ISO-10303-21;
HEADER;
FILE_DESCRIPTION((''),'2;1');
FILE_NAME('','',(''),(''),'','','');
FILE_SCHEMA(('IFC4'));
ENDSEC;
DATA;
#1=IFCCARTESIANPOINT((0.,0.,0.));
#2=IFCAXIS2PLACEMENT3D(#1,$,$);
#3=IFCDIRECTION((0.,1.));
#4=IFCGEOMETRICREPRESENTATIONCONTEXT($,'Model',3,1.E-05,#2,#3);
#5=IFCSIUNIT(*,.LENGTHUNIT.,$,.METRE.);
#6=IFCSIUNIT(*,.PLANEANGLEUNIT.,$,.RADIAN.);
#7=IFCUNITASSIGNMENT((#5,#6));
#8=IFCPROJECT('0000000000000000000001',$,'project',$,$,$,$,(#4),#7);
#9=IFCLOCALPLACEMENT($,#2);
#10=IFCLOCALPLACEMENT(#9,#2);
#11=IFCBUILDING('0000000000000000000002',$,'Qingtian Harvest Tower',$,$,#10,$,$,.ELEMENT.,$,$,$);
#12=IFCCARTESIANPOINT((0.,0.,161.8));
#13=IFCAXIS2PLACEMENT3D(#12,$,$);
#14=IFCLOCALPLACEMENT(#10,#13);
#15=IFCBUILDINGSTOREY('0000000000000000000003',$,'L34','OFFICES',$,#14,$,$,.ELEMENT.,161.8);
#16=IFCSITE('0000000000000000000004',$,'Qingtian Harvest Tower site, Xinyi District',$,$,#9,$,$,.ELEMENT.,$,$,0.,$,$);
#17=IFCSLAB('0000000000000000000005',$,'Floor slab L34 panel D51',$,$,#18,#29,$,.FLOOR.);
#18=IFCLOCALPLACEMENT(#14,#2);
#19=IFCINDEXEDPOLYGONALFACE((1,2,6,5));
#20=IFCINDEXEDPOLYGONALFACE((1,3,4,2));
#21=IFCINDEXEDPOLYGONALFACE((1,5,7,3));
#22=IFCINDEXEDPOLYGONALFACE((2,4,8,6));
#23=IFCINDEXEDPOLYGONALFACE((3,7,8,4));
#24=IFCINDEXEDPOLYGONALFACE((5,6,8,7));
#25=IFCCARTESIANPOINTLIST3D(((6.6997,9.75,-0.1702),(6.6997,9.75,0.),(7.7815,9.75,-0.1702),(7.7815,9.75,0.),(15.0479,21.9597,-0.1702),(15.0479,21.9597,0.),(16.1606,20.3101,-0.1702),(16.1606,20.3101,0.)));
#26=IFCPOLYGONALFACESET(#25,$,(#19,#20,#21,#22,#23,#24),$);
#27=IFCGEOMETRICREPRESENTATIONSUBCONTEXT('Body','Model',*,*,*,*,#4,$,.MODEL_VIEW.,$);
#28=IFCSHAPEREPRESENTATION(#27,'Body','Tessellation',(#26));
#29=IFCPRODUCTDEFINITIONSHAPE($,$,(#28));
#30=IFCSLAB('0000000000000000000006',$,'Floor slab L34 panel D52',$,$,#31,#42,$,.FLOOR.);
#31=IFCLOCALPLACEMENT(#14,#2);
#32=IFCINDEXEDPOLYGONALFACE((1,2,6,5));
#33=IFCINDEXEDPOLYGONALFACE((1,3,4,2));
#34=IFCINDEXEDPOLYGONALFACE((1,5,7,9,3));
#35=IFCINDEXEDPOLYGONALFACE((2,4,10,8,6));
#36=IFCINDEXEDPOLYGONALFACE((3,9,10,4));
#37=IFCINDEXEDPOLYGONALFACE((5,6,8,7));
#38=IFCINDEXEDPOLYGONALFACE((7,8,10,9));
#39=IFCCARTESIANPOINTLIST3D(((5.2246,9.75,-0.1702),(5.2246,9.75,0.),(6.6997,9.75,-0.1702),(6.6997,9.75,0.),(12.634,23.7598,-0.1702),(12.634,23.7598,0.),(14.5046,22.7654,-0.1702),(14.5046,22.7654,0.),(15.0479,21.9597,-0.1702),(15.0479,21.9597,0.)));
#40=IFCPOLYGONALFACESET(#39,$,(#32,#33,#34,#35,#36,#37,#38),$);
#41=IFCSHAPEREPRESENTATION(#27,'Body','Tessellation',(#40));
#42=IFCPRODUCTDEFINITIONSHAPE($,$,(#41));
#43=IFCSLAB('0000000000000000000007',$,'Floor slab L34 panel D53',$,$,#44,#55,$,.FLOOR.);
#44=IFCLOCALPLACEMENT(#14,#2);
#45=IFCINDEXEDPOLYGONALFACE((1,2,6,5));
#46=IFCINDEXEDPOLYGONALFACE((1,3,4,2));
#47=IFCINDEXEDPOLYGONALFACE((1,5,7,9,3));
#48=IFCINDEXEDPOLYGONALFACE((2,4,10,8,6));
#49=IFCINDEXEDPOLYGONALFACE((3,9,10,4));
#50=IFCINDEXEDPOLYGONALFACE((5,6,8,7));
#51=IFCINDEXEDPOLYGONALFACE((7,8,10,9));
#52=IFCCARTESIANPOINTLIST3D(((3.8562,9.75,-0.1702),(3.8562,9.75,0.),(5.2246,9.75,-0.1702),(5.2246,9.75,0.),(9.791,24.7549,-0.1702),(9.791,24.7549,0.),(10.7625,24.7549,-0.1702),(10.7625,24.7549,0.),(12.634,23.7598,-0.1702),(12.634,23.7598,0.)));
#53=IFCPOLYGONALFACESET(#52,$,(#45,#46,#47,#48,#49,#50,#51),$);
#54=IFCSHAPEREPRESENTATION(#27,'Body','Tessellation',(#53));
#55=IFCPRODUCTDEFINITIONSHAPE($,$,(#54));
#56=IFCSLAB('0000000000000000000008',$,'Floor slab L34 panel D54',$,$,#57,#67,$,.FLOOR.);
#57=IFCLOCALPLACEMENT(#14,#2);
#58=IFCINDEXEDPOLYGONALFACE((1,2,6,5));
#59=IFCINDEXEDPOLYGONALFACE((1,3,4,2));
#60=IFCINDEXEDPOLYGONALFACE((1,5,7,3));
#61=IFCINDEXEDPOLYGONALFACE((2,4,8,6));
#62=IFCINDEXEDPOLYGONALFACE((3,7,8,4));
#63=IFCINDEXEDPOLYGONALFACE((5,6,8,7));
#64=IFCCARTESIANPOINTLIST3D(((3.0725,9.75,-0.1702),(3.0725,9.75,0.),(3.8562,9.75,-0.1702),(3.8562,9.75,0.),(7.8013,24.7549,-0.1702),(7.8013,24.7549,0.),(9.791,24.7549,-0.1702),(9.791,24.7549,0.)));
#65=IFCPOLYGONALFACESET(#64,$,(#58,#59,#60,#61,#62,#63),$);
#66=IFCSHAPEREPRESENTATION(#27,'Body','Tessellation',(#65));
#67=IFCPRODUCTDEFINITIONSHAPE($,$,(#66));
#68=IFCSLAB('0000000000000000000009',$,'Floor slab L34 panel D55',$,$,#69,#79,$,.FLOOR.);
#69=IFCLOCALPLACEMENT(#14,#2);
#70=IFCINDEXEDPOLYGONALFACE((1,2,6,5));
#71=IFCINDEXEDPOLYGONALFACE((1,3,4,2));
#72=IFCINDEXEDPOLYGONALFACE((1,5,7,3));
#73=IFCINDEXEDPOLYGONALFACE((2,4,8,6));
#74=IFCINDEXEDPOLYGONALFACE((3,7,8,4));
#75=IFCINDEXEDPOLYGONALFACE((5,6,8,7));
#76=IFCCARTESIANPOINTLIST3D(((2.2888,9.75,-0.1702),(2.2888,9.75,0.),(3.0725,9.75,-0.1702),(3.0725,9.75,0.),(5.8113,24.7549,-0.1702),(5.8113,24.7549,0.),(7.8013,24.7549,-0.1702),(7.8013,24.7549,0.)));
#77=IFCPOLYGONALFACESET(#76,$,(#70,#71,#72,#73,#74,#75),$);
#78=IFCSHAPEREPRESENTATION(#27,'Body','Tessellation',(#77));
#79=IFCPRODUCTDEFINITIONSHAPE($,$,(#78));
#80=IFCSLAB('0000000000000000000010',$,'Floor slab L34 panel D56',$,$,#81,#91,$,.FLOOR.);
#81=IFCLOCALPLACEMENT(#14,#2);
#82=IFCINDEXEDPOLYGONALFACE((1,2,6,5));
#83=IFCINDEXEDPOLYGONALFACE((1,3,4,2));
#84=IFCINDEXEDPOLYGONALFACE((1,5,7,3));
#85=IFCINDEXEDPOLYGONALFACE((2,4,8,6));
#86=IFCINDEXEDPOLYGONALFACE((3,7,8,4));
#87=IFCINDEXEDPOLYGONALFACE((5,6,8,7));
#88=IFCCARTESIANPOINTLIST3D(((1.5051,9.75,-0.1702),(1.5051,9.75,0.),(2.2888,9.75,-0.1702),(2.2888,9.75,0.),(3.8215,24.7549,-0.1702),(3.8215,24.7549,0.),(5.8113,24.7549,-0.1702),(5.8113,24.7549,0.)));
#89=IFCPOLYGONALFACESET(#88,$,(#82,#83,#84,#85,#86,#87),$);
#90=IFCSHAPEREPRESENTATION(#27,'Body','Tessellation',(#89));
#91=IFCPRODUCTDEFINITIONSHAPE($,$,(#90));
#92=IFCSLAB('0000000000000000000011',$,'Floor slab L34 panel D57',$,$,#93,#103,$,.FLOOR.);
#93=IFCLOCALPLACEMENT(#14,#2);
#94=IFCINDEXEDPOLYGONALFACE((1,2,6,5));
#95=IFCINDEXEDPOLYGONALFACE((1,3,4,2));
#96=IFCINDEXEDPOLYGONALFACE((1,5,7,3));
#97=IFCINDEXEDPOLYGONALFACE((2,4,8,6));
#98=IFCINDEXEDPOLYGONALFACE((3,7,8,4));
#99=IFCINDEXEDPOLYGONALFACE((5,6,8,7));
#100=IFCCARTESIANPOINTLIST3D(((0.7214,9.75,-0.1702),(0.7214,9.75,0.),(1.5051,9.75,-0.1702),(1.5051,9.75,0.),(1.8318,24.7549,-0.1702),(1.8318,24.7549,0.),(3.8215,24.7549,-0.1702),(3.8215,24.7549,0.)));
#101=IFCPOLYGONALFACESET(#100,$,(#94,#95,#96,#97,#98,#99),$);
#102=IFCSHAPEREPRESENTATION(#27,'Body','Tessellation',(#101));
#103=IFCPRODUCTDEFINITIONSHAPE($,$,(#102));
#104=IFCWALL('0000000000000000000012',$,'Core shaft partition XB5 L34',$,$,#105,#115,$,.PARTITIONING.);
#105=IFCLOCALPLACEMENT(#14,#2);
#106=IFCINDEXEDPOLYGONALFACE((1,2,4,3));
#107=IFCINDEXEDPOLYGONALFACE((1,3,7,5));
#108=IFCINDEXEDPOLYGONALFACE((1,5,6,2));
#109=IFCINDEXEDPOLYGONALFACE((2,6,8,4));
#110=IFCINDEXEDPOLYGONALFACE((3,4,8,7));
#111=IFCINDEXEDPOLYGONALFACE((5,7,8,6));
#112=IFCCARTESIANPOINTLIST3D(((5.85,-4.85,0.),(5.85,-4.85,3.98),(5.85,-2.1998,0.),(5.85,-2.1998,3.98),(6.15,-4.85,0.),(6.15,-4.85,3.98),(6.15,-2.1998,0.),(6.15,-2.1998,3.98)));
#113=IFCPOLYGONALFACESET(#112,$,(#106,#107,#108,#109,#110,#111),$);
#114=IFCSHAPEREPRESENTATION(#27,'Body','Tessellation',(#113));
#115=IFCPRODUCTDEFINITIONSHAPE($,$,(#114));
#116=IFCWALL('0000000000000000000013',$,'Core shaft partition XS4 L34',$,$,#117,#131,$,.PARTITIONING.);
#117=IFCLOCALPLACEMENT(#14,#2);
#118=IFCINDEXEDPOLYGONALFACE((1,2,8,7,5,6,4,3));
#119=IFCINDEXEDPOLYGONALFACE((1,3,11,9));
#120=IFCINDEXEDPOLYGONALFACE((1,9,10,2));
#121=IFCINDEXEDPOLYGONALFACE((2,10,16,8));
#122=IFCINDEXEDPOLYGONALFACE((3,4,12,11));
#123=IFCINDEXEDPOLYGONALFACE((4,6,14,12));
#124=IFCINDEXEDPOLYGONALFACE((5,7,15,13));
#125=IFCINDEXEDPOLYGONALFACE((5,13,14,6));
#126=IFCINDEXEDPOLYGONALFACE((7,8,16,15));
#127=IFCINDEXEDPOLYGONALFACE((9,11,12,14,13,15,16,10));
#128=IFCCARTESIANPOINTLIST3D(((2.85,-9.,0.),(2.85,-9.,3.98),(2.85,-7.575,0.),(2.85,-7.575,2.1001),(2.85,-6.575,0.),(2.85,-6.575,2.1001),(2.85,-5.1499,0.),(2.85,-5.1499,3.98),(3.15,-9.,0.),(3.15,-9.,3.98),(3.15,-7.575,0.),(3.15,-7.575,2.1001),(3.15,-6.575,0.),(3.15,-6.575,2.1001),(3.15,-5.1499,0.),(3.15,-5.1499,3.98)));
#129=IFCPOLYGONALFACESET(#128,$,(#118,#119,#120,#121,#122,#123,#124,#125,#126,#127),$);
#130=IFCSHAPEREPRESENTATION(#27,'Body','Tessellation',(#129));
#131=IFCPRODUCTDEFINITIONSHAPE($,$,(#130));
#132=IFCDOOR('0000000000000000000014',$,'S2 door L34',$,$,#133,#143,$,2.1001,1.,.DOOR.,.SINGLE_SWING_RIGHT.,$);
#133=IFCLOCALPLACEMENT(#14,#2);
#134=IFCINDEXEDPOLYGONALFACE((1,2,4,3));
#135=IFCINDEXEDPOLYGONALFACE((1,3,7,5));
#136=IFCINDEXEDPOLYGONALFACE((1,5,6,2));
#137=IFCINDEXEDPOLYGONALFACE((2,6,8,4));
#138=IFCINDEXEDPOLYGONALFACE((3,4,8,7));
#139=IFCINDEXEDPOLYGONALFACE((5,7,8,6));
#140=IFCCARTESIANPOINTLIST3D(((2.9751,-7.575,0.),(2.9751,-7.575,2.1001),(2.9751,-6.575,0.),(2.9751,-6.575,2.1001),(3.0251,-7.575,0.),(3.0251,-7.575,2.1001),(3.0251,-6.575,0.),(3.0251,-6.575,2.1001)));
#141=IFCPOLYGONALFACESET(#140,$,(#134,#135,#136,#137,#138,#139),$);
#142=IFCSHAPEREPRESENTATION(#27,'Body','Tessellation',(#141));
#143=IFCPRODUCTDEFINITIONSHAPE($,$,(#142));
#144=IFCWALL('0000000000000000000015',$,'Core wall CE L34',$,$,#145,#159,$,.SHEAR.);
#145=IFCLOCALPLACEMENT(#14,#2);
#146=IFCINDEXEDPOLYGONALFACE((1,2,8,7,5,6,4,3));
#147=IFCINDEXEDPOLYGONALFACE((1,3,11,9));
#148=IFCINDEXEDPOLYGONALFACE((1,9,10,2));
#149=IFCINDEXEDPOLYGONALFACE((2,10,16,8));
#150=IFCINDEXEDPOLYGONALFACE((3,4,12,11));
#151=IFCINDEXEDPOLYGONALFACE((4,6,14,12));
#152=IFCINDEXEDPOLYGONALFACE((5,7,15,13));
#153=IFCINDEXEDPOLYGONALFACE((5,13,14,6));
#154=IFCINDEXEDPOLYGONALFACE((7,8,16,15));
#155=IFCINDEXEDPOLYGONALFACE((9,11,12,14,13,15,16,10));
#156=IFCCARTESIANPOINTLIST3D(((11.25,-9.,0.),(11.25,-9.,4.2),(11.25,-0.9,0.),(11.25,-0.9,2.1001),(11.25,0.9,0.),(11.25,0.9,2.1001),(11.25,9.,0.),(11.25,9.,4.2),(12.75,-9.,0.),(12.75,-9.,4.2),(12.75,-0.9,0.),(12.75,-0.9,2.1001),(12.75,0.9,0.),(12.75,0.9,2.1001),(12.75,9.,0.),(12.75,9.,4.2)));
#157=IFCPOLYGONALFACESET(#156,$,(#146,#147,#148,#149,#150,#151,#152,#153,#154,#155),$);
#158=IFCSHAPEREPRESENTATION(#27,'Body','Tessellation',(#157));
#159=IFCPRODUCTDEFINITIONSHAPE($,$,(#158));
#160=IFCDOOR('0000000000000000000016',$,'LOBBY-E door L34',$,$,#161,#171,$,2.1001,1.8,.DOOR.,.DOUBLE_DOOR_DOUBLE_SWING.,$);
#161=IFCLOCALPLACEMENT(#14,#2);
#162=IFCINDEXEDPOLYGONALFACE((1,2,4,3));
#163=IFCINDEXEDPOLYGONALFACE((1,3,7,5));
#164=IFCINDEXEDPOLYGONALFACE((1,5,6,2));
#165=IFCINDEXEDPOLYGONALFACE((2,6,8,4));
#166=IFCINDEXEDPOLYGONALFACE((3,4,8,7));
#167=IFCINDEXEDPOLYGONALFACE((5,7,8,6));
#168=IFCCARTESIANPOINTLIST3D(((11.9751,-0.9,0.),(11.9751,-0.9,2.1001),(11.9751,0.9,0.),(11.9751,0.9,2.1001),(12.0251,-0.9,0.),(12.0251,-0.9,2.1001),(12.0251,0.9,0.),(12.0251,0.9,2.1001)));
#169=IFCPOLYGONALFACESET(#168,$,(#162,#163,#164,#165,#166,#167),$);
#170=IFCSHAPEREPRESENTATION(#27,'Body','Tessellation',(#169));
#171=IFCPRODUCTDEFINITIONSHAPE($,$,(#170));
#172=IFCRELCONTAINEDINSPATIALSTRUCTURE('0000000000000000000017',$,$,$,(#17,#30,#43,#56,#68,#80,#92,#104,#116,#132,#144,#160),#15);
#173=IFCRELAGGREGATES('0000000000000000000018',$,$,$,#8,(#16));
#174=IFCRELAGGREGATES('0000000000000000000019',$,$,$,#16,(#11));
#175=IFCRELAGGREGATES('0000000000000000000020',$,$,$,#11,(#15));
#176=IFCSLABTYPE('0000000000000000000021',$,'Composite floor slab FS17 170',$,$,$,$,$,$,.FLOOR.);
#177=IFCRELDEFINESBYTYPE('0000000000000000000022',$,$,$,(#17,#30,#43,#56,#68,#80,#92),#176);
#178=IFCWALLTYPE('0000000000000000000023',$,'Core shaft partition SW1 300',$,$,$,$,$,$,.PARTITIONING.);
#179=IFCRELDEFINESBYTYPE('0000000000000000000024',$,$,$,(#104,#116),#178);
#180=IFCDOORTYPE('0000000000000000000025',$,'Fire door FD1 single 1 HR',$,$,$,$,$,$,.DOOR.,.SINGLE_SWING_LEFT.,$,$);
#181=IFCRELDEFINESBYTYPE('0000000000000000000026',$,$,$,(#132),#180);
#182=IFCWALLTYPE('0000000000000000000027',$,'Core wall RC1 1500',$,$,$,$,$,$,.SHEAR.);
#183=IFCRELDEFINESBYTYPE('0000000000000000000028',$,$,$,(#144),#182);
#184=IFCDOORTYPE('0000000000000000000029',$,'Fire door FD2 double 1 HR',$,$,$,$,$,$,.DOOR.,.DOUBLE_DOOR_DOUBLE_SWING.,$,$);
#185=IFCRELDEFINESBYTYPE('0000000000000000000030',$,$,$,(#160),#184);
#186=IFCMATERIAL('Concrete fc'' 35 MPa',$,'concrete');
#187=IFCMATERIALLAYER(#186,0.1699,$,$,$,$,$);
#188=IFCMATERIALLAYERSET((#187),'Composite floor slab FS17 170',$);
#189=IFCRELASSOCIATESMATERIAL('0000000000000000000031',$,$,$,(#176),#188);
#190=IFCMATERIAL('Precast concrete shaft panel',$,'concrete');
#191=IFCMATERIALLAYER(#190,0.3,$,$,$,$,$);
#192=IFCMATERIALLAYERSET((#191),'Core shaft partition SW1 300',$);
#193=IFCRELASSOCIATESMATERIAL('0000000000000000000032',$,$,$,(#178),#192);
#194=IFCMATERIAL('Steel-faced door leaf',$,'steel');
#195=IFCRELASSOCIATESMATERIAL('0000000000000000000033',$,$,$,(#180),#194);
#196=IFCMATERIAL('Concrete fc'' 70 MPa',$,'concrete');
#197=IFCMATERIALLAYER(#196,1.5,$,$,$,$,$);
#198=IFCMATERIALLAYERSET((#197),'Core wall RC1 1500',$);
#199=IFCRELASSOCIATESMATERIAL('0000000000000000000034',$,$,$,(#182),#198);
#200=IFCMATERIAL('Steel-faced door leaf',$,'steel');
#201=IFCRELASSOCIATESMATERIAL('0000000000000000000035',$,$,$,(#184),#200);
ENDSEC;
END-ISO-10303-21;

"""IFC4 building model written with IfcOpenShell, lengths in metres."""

from ifc_helpers import new_model, si_unit, direction, frame, frame_2d, origin, place, context, subcontext, project, spatial, polyline, rectangle, outline, extrude, material, layer, layer_set, type_object, element, fill, save


model = new_model("IFC4")

# Units and contexts
model_context = context("Model", 3, precision=1e-05, world=origin(), true_north=direction((0.0, 1.0)))
body_context = subcontext(model_context, "Body", "Model", "MODEL_VIEW")
ifc_project = project(units=[si_unit("LENGTHUNIT", "METRE"), si_unit("PLANEANGLEUNIT", "RADIAN")], contexts=[model_context])

# Site, building, storey
site_placement = place(None, origin())
site = spatial("IfcSite", under=ifc_project, at=site_placement, Name="Qingtian Harvest Tower site, Xinyi District", CompositionType="ELEMENT", RefElevation=0.0)
building_placement = place(site_placement, origin())
building = spatial("IfcBuilding", under=site, at=building_placement, Name="Qingtian Harvest Tower", CompositionType="ELEMENT")
storey_placement = place(building_placement, frame((0.0, 0.0, 161.8)))
storey = spatial("IfcBuildingStorey", under=building, at=storey_placement, Name="L34", Description="OFFICES", CompositionType="ELEMENT", Elevation=161.8)

# Slabs
ifc_material_1 = material(Name="Concrete fc' 35 MPa", Category="concrete")
ifc_layer_1 = layer(ifc_material_1, 0.1699)
ifc_layer_set_1 = layer_set([ifc_layer_1], Name="Composite floor slab FS17 170")
slab_type = type_object("IfcSlabType", Name="Composite floor slab FS17 170", PredefinedType="FLOOR", material=ifc_layer_set_1)
slab_1_placement = place(storey_placement, frame((0.0, 0.0, -0.1702)))
element("IfcSlab", 1, at=slab_1_placement, inside=storey, type_object=slab_type, Name="Floor slab L34 panel D51", PredefinedType="FLOOR", context=body_context, shape_type="SweptSolid", body=[
    extrude(outline(polyline([(6.6997, 9.75), (15.0479, 21.9597), (16.1606, 20.3101), (7.7815, 9.75), (6.6997, 9.75)])), origin(), (0.0, 0.0, 1.0), 0.1702),
])
slab_2_placement = place(storey_placement, frame((0.0, 0.0, -0.1702)))
element("IfcSlab", 2, at=slab_2_placement, inside=storey, type_object=slab_type, Name="Floor slab L34 panel D52", PredefinedType="FLOOR", context=body_context, shape_type="SweptSolid", body=[
    extrude(outline(polyline([(6.6997, 9.75), (5.2246, 9.75), (12.634, 23.7598), (14.5046, 22.7654), (15.0479, 21.9597), (6.6997, 9.75)])), origin(), (0.0, 0.0, 1.0), 0.1702),
])
slab_3_placement = place(storey_placement, frame((0.0, 0.0, -0.1702)))
element("IfcSlab", 3, at=slab_3_placement, inside=storey, type_object=slab_type, Name="Floor slab L34 panel D53", PredefinedType="FLOOR", context=body_context, shape_type="SweptSolid", body=[
    extrude(outline(polyline([(3.8562, 9.75), (9.791, 24.7549), (10.7625, 24.7549), (12.634, 23.7598), (5.2246, 9.75), (3.8562, 9.75)])), origin(), (0.0, 0.0, 1.0), 0.1702),
])
slab_4_placement = place(storey_placement, frame((0.0, 0.0, -0.1702)))
element("IfcSlab", 4, at=slab_4_placement, inside=storey, type_object=slab_type, Name="Floor slab L34 panel D54", PredefinedType="FLOOR", context=body_context, shape_type="SweptSolid", body=[
    extrude(outline(polyline([(3.0725, 9.75), (7.8013, 24.7549), (9.791, 24.7549), (3.8562, 9.75), (3.0725, 9.75)])), origin(), (0.0, 0.0, 1.0), 0.1702),
])
slab_5_placement = place(storey_placement, frame((0.0, 0.0, -0.1702)))
element("IfcSlab", 5, at=slab_5_placement, inside=storey, type_object=slab_type, Name="Floor slab L34 panel D55", PredefinedType="FLOOR", context=body_context, shape_type="SweptSolid", body=[
    extrude(outline(polyline([(2.2888, 9.75), (5.8113, 24.7549), (7.8013, 24.7549), (3.0725, 9.75), (2.2888, 9.75)])), origin(), (0.0, 0.0, 1.0), 0.1702),
])
slab_6_placement = place(storey_placement, frame((0.0, 0.0, -0.1702)))
element("IfcSlab", 6, at=slab_6_placement, inside=storey, type_object=slab_type, Name="Floor slab L34 panel D56", PredefinedType="FLOOR", context=body_context, shape_type="SweptSolid", body=[
    extrude(outline(polyline([(1.5051, 9.75), (3.8215, 24.7549), (5.8113, 24.7549), (2.2888, 9.75), (1.5051, 9.75)])), origin(), (0.0, 0.0, 1.0), 0.1702),
])
slab_7_placement = place(storey_placement, frame((0.0, 0.0, -0.1702)))
element("IfcSlab", 7, at=slab_7_placement, inside=storey, type_object=slab_type, Name="Floor slab L34 panel D57", PredefinedType="FLOOR", context=body_context, shape_type="SweptSolid", body=[
    extrude(outline(polyline([(0.7214, 9.75), (1.8318, 24.7549), (3.8215, 24.7549), (1.5051, 9.75), (0.7214, 9.75)])), origin(), (0.0, 0.0, 1.0), 0.1702),
])

# Wall
ifc_material_2 = material(Name="Precast concrete shaft panel", Category="concrete")
ifc_layer_2 = layer(ifc_material_2, 0.3)
ifc_layer_set_2 = layer_set([ifc_layer_2], Name="Core shaft partition SW1 300")
wall_type_1 = type_object("IfcWallType", Name="Core shaft partition SW1 300", PredefinedType="PARTITIONING", material=ifc_layer_set_2)
wall_1_placement = place(storey_placement, frame((6.0, -4.8501, 0.0), z_axis=(0.0, 0.0, 1.0), x_axis=(0.0, 1.0, 0.0)))
element("IfcWall", 8, at=wall_1_placement, inside=storey, type_object=wall_type_1, Name="Core shaft partition XB5 L34", PredefinedType="PARTITIONING", context=body_context, shape_type="SweptSolid", body=[
    extrude(rectangle(XDim=2.6501, YDim=0.3, at=frame_2d((1.3252, 0.0))), origin(), (0.0, 0.0, 1.0), 3.98),
])

# Walls, openings, doors
wall_2_placement = place(storey_placement, frame((3.0, -9.0, 0.0), z_axis=(0.0, 0.0, 1.0), x_axis=(0.0, 1.0, 0.0)))
wall_2 = element("IfcWall", 9, at=wall_2_placement, inside=storey, type_object=wall_type_1, Name="Core shaft partition XS4 L34", PredefinedType="PARTITIONING", context=body_context, shape_type="SweptSolid", body=[
    extrude(rectangle(XDim=3.8501, YDim=0.3, at=frame_2d((1.925, 0.0))), origin(), (0.0, 0.0, 1.0), 3.98),
])
opening_1_placement = place(wall_2_placement, frame((1.425, 0.0, 0.0)))
opening_1 = element("IfcOpeningElement", 10, at=opening_1_placement, cuts=wall_2, PredefinedType="OPENING", context=body_context, shape_type="SweptSolid", body=[
    extrude(rectangle(XDim=1.0, YDim=2.1001, at=frame_2d((0.5, 1.05))), frame((0.0, 0.1599, 0.0), z_axis=(0.0, -1.0, 0.0), x_axis=(1.0, 0.0, 0.0)), (0.0, 0.0, 1.0), 0.3201),
])
ifc_material_3 = material(Name="Steel-faced door leaf", Category="steel")
door_type_1 = type_object("IfcDoorType", Name="Fire door FD1 single 1 HR", OperationType="SINGLE_SWING_LEFT", PredefinedType="DOOR", material=ifc_material_3)
door_1_placement = place(opening_1_placement, origin())
door_1 = element("IfcDoor", 11, at=door_1_placement, inside=storey, type_object=door_type_1, Name="S2 door L34", OperationType="SINGLE_SWING_RIGHT", OverallHeight=2.1001, OverallWidth=1.0, PredefinedType="DOOR", context=body_context, shape_type="SweptSolid", body=[
    extrude(rectangle(XDim=1.0, YDim=2.1001, at=frame_2d((0.5, 1.05))), frame((0.0, 0.0249, 0.0), z_axis=(0.0, -1.0, 0.0), x_axis=(1.0, 0.0, 0.0)), (0.0, 0.0, 1.0), 0.05),
])
fill(opening_1, door_1)
ifc_material_4 = material(Name="Concrete fc' 70 MPa", Category="concrete")
ifc_layer_3 = layer(ifc_material_4, 1.5)
ifc_layer_set_3 = layer_set([ifc_layer_3], Name="Core wall RC1 1500")
wall_type_2 = type_object("IfcWallType", Name="Core wall RC1 1500", PredefinedType="SHEAR", material=ifc_layer_set_3)
wall_3_placement = place(storey_placement, frame((12.0, -9.0, 0.0), z_axis=(0.0, 0.0, 1.0), x_axis=(0.0, 1.0, 0.0)))
wall_3 = element("IfcWall", 12, at=wall_3_placement, inside=storey, type_object=wall_type_2, Name="Core wall CE L34", PredefinedType="SHEAR", context=body_context, shape_type="SweptSolid", body=[
    extrude(rectangle(XDim=18.0, YDim=1.5, at=frame_2d((9.0, 0.0))), origin(), (0.0, 0.0, 1.0), 4.2),
])
opening_2_placement = place(wall_3_placement, frame((8.1001, 0.0, 0.0)))
opening_2 = element("IfcOpeningElement", 13, at=opening_2_placement, cuts=wall_3, PredefinedType="OPENING", context=body_context, shape_type="SweptSolid", body=[
    extrude(rectangle(XDim=1.8, YDim=2.1001, at=frame_2d((0.8999, 1.05))), frame((0.0, 0.76, 0.0), z_axis=(0.0, -1.0, 0.0), x_axis=(1.0, 0.0, 0.0)), (0.0, 0.0, 1.0), 1.52),
])
ifc_material_5 = material(Name="Steel-faced door leaf", Category="steel")
door_type_2 = type_object("IfcDoorType", Name="Fire door FD2 double 1 HR", OperationType="DOUBLE_DOOR_DOUBLE_SWING", PredefinedType="DOOR", material=ifc_material_5)
door_2_placement = place(opening_2_placement, origin())
door_2 = element("IfcDoor", 14, at=door_2_placement, inside=storey, type_object=door_type_2, Name="LOBBY-E door L34", OperationType="DOUBLE_DOOR_DOUBLE_SWING", OverallHeight=2.1001, OverallWidth=1.8, PredefinedType="DOOR", context=body_context, shape_type="SweptSolid", body=[
    extrude(rectangle(XDim=1.8, YDim=2.1001, at=frame_2d((0.8999, 1.05))), frame((0.0, 0.0249, 0.0), z_axis=(0.0, -1.0, 0.0), x_axis=(1.0, 0.0, 0.0)), (0.0, 0.0, 1.0), 0.05),
])
fill(opening_2, door_2)

save(model, "model.ifc")
